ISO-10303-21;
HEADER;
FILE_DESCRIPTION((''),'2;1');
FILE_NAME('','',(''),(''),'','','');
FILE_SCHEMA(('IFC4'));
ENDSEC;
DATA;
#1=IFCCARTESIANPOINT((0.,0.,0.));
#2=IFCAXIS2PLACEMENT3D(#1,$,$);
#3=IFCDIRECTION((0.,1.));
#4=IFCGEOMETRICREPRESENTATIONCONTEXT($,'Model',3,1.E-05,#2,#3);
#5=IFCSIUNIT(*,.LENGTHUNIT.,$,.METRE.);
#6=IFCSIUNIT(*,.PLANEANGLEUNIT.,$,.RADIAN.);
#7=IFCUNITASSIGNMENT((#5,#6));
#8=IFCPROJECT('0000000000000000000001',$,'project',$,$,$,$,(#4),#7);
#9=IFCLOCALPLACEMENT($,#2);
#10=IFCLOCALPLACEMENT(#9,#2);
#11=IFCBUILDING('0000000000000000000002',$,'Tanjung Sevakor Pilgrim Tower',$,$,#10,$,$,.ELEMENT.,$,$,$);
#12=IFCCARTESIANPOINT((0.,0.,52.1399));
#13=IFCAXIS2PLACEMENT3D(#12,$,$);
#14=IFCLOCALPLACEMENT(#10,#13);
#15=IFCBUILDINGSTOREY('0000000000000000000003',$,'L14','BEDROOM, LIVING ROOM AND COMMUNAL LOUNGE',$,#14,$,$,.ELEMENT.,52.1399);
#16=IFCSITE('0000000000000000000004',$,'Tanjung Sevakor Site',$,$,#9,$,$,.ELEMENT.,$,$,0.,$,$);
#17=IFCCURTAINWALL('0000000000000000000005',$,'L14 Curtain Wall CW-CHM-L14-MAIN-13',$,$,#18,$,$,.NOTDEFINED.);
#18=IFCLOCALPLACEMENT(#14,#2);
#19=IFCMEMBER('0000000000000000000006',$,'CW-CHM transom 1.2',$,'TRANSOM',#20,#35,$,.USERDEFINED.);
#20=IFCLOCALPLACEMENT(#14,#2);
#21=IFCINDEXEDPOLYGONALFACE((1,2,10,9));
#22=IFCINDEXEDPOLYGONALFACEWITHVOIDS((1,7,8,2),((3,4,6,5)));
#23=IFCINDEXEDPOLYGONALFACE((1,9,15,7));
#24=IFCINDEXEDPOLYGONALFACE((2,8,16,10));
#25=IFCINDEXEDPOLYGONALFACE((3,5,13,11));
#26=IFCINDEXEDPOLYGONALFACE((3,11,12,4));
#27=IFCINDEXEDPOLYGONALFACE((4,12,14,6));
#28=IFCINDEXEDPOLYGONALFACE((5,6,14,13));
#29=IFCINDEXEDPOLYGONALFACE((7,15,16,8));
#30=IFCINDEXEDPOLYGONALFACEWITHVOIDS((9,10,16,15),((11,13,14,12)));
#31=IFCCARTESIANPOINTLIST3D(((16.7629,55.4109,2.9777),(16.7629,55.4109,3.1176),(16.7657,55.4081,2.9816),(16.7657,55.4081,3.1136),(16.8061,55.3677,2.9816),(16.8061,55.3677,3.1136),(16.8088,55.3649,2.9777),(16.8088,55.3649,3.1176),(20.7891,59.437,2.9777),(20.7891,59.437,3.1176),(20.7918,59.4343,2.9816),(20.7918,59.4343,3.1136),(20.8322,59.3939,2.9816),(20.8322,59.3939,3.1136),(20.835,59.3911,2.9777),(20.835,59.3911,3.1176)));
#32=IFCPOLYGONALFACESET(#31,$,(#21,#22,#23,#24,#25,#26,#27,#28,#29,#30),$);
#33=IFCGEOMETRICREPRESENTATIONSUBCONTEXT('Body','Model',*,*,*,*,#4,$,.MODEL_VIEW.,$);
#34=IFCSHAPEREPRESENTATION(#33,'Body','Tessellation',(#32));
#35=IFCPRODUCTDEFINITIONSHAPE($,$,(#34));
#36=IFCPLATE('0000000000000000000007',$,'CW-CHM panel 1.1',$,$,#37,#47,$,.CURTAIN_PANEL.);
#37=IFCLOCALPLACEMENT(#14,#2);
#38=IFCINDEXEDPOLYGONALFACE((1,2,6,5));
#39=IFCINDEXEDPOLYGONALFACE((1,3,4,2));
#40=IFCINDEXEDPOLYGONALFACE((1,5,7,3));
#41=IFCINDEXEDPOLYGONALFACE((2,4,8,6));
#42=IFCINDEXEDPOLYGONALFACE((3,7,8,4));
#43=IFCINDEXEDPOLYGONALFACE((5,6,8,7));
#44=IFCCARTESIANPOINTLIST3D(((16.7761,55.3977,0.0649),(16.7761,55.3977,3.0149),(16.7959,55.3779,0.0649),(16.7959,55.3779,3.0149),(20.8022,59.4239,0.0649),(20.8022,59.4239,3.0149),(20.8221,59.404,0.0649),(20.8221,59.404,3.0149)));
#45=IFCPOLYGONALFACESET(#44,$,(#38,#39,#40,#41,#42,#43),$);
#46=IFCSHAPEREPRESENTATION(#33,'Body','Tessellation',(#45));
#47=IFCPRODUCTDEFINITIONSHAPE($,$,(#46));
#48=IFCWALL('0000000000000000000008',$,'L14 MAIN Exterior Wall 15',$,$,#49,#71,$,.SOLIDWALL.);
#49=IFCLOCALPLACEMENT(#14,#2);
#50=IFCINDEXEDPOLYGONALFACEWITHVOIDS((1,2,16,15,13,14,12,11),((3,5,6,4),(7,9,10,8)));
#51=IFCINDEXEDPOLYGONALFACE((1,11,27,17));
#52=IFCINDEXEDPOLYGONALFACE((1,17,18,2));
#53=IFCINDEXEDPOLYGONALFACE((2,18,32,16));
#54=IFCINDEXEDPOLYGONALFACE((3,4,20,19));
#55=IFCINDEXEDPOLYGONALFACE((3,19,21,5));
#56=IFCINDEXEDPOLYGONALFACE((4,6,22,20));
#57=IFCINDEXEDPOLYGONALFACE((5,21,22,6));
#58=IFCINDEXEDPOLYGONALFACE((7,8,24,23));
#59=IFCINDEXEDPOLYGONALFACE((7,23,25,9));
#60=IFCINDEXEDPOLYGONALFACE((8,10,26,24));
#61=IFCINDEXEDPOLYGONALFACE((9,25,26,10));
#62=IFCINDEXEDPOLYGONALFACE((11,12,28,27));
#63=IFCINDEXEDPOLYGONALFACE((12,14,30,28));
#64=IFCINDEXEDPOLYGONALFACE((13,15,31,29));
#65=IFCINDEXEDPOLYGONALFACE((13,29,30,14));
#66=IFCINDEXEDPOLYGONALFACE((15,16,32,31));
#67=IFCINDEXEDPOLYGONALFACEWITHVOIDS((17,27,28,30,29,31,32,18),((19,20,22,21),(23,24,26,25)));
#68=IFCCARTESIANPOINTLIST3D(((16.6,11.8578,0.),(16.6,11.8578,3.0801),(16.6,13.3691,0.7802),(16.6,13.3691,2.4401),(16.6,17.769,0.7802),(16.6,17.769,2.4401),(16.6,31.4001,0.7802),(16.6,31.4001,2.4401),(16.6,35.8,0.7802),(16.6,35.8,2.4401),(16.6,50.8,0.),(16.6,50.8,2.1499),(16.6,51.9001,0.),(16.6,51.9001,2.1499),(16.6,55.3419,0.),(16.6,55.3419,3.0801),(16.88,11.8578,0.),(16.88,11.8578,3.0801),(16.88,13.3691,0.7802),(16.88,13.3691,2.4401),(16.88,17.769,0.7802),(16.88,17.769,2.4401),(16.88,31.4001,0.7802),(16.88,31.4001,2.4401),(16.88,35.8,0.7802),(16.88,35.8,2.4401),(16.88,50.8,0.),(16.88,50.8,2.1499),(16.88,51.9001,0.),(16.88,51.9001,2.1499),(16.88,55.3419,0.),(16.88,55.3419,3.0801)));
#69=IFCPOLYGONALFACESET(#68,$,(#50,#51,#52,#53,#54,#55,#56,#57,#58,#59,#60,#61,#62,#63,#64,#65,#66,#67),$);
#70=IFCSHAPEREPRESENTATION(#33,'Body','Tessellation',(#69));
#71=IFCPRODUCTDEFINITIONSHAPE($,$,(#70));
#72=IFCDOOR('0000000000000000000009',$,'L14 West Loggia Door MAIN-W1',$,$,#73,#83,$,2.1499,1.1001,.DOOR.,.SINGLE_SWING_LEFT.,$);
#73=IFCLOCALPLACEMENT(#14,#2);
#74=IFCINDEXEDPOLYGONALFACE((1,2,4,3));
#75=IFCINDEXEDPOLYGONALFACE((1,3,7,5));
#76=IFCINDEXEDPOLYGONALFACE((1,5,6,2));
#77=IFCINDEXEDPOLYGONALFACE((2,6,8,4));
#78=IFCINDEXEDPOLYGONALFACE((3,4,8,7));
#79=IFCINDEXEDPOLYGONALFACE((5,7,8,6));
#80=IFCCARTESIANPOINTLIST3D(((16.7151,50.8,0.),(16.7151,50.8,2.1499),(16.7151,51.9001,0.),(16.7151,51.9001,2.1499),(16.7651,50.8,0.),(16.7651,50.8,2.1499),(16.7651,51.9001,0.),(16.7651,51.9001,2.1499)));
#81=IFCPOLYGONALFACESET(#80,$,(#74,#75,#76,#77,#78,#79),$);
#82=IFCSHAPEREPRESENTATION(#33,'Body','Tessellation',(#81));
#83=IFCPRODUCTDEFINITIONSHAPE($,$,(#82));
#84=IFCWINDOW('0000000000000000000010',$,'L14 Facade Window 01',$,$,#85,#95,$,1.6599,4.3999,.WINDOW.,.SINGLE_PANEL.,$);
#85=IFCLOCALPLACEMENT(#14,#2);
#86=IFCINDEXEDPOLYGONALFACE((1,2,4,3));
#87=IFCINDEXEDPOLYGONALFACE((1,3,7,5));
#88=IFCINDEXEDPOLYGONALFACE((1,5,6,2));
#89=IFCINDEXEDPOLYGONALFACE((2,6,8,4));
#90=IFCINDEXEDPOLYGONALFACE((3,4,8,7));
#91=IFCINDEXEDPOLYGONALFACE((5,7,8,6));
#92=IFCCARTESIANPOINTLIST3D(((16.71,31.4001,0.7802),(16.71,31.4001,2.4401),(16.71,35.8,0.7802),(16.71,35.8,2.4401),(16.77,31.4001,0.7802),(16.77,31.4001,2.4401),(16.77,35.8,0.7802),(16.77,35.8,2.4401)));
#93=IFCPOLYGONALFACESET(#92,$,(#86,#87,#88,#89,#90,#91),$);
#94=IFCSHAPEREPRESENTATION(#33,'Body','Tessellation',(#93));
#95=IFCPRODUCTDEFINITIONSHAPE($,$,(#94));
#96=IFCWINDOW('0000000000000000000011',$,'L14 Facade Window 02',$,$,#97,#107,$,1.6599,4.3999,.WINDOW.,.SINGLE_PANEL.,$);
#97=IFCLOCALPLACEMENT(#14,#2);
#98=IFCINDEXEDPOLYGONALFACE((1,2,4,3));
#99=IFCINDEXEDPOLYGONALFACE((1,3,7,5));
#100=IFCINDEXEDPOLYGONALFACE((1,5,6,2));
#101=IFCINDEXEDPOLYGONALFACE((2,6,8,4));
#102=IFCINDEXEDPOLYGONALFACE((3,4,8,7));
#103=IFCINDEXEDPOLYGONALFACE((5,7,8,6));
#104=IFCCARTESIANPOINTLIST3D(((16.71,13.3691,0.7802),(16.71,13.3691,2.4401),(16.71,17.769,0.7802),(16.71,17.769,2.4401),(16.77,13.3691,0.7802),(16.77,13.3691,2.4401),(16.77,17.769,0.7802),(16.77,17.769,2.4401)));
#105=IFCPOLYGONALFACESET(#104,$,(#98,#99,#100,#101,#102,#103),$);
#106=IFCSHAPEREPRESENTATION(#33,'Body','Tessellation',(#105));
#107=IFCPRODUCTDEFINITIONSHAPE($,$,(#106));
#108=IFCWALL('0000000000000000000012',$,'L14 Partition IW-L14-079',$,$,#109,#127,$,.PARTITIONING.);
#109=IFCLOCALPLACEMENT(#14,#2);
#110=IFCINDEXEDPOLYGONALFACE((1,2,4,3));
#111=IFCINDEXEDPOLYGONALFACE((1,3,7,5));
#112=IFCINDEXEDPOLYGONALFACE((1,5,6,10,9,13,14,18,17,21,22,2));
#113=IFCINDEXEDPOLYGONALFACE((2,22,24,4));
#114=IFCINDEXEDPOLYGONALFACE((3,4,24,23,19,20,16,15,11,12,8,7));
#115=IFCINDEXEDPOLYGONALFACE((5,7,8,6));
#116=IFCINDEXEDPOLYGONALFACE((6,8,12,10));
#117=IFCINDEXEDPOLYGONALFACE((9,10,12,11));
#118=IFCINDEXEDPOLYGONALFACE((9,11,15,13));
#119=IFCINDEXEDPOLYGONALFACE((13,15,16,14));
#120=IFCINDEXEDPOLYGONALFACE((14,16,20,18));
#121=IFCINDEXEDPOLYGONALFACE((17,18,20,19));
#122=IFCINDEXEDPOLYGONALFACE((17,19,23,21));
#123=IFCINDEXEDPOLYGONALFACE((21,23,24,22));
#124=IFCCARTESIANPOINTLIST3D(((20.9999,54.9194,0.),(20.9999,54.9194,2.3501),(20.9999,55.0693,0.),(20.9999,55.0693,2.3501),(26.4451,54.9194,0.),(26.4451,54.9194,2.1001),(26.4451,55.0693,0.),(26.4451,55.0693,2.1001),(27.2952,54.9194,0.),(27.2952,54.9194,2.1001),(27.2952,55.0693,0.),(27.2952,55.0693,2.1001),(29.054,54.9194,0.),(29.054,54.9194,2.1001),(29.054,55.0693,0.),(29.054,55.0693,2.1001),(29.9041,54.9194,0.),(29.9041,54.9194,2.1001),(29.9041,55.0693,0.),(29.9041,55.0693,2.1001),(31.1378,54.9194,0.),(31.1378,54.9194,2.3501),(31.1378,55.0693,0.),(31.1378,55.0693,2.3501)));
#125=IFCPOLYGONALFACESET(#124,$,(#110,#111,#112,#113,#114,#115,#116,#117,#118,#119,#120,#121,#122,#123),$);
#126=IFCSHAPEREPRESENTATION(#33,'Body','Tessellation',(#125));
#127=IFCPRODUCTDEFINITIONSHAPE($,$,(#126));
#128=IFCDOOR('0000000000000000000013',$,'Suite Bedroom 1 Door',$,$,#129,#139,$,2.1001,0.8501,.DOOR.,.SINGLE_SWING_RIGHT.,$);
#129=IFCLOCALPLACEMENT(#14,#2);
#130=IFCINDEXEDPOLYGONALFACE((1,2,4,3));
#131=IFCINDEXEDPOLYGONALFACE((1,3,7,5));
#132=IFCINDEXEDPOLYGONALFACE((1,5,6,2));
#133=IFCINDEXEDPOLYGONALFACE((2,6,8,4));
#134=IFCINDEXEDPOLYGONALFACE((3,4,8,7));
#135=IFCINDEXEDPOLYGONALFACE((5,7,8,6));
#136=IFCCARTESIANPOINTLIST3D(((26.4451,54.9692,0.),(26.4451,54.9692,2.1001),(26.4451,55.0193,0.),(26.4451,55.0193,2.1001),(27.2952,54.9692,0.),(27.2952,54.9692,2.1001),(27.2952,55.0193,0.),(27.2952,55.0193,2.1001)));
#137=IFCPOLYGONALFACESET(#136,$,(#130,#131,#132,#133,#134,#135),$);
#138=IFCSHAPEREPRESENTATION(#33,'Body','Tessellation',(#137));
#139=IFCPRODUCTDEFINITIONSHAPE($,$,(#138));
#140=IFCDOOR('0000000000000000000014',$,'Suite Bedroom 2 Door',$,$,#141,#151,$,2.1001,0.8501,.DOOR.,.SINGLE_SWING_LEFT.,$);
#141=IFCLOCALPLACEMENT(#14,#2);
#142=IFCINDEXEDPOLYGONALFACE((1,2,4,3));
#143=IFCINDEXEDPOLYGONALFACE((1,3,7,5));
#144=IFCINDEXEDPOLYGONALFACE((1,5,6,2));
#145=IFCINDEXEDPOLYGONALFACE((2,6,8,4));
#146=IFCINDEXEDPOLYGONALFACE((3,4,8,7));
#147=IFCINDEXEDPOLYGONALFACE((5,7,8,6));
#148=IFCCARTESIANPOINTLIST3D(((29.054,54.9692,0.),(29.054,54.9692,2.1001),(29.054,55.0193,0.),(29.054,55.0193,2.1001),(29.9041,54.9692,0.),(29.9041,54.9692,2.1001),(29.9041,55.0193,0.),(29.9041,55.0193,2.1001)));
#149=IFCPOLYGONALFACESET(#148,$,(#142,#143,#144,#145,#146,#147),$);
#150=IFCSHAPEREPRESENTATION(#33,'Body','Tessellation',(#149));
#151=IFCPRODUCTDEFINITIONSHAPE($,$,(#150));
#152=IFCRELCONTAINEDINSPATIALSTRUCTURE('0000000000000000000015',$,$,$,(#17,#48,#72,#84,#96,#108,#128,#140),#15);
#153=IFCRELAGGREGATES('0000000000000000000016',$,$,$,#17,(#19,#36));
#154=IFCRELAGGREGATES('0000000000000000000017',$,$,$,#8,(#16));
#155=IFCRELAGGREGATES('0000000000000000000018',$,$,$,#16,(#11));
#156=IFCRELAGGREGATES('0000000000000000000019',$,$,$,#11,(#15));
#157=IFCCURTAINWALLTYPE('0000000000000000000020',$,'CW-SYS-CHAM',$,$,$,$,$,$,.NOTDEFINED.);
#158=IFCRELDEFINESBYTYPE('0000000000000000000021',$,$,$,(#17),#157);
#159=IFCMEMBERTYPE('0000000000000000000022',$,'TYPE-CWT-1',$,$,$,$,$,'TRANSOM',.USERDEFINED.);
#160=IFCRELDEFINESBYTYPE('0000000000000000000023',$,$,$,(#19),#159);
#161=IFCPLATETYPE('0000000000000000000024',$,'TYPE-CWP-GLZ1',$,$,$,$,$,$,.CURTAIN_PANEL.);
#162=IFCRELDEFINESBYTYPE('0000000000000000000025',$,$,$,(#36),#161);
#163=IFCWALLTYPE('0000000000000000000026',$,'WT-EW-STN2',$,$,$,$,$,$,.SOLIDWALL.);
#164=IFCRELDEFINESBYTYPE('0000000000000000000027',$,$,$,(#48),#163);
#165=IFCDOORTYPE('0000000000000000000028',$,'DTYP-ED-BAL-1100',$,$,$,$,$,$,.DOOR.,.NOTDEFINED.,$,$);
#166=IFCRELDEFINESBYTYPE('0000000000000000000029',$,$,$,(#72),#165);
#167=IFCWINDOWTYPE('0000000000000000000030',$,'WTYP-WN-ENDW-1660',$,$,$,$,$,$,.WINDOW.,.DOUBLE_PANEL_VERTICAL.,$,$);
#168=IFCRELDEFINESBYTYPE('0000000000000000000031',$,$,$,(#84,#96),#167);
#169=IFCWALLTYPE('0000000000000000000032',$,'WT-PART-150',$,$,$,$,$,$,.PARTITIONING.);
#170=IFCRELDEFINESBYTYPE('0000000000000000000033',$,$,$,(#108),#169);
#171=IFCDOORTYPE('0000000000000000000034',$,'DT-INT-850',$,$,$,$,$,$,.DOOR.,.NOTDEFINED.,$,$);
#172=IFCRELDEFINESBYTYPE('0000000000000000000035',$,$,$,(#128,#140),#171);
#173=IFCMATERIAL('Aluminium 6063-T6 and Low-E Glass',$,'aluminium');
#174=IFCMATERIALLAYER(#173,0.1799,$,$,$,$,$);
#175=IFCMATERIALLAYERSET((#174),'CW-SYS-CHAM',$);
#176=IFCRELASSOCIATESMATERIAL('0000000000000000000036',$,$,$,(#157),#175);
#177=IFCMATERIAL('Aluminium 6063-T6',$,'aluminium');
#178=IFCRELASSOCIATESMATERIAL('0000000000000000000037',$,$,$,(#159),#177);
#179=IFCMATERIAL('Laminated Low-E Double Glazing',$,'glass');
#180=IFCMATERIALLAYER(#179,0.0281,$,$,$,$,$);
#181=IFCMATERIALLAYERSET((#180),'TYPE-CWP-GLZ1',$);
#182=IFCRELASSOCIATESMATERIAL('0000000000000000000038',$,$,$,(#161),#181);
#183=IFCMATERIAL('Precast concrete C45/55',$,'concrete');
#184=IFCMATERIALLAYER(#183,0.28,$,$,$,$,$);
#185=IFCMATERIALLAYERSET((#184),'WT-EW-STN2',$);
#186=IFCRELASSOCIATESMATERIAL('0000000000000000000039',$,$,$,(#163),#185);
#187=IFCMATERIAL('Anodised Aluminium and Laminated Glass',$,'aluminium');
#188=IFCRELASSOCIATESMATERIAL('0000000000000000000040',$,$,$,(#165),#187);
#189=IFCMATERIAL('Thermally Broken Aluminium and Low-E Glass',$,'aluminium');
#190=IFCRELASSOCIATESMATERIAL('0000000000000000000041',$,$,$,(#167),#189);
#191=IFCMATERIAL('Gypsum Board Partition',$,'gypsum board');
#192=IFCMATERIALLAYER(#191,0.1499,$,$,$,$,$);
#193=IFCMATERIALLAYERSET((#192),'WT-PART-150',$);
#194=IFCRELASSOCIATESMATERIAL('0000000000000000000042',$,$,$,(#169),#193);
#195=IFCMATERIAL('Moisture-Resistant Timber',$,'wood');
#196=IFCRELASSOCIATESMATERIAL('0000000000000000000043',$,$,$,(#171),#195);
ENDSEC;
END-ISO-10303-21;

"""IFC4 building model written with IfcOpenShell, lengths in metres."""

from ifc_helpers import new_model, si_unit, direction, frame, frame_2d, origin, origin_2d, place, context, subcontext, project, spatial, rectangle, hollow_rectangle, extrude, material, layer, layer_set, material_profile, profile_set, type_object, element, fill, aggregate, save


model = new_model("IFC4")

# Units and contexts
model_context = context("Model", 3, precision=1e-05, world=origin(), true_north=direction((0.0, 1.0)))
body_context = subcontext(model_context, "Body", "Model", "MODEL_VIEW")
ifc_project = project(units=[si_unit("LENGTHUNIT", "METRE"), si_unit("PLANEANGLEUNIT", "RADIAN")], contexts=[model_context])

# Site, building, storey
site_placement = place(None, origin())
site = spatial("IfcSite", under=ifc_project, at=site_placement, Name="Tanjung Sevakor Site", CompositionType="ELEMENT", RefElevation=0.0)
building_placement = place(site_placement, origin())
building = spatial("IfcBuilding", under=site, at=building_placement, Name="Tanjung Sevakor Pilgrim Tower", CompositionType="ELEMENT")
storey_placement = place(building_placement, frame((0.0, 0.0, 52.1399)))
storey = spatial("IfcBuildingStorey", under=building, at=storey_placement, Name="L14", Description="BEDROOM, LIVING ROOM AND COMMUNAL LOUNGE", CompositionType="ELEMENT", Elevation=52.1399)

# Curtain wall, member, plate
ifc_material_1 = material(Name="Aluminium 6063-T6 and Low-E Glass", Category="aluminium")
ifc_layer_1 = layer(ifc_material_1, 0.1799)
ifc_layer_set_1 = layer_set([ifc_layer_1], Name="CW-SYS-CHAM")
curtain_wall_type = type_object("IfcCurtainWallType", Name="CW-SYS-CHAM", PredefinedType="NOTDEFINED", material=ifc_layer_set_1)
curtain_wall_placement = place(storey_placement, origin())
curtain_wall = element("IfcCurtainWall", 1, at=curtain_wall_placement, inside=storey, type_object=curtain_wall_type, Name="L14 Curtain Wall CW-CHM-L14-MAIN-13", PredefinedType="NOTDEFINED")
ifc_material_2 = material(Name="Aluminium 6063-T6", Category="aluminium")
ifc_material_profile_1 = material_profile(ifc_material_2, hollow_rectangle(XDim=0.0649, YDim=0.1399, WallThickness=0.0039, at=origin_2d()))
ifc_profile_set_1 = profile_set([ifc_material_profile_1], Name="Aluminium 6063-T6")
member_type_1 = type_object("IfcMemberType", Name="TYPE-CWT-1", ElementType="TRANSOM", PredefinedType="USERDEFINED", material=ifc_profile_set_1)
member_1_placement = place(storey_placement, frame((20.812, 59.4141, 3.0476), z_axis=(-0.707107, -0.707107, 0.0), x_axis=(0.707107, -0.707107, 0.0)))
member_1 = element("IfcMember", 2, at=member_1_placement, type_object=member_type_1, Name="CW-CHM transom 1.2", ObjectType="TRANSOM", PredefinedType="USERDEFINED", context=body_context, shape_type="SweptSolid", body=[
    extrude(hollow_rectangle(XDim=0.0649, YDim=0.1399, WallThickness=0.0039, at=origin_2d()), origin(), (0.0, 0.0, 1.0), 5.6938),
])
ifc_material_3 = material(Name="Laminated Low-E Double Glazing", Category="glass")
ifc_layer_2 = layer(ifc_material_3, 0.0281)
ifc_layer_set_2 = layer_set([ifc_layer_2], Name="TYPE-CWP-GLZ1")
plate_type = type_object("IfcPlateType", Name="TYPE-CWP-GLZ1", PredefinedType="CURTAIN_PANEL", material=ifc_layer_set_2)
plate_placement = place(storey_placement, frame((18.7991, 57.4009, 0.0649), z_axis=(0.0, 0.0, 1.0), x_axis=(-0.707107, -0.707107, 0.0)))
plate = element("IfcPlate", 3, at=plate_placement, type_object=plate_type, Name="CW-CHM panel 1.1", PredefinedType="CURTAIN_PANEL", context=body_context, shape_type="SweptSolid", body=[
    extrude(rectangle(XDim=5.6938, YDim=0.0281, at=origin_2d()), origin(), (0.0, 0.0, 1.0), 2.95),
])
aggregate(curtain_wall, [member_1, plate])

# Wall, openings, door, windows
ifc_material_4 = material(Name="Precast concrete C45/55", Category="concrete")
ifc_layer_3 = layer(ifc_material_4, 0.28)
ifc_layer_set_3 = layer_set([ifc_layer_3], Name="WT-EW-STN2")
wall_type_1 = type_object("IfcWallType", Name="WT-EW-STN2", PredefinedType="SOLIDWALL", material=ifc_layer_set_3)
wall_1_placement = place(storey_placement, frame((16.74, 55.342, 0.0), z_axis=(0.0, 0.0, 1.0), x_axis=(0.0, -1.0, 0.0)))
wall_1 = element("IfcWall", 4, at=wall_1_placement, inside=storey, type_object=wall_type_1, Name="L14 MAIN Exterior Wall 15", PredefinedType="SOLIDWALL", context=body_context, shape_type="SweptSolid", body=[
    extrude(rectangle(XDim=43.4841, YDim=0.28, at=frame_2d((21.7422, 0.0))), origin(), (0.0, 0.0, 1.0), 3.0801),
])
opening_1_placement = place(wall_1_placement, frame((3.4419, 0.0, 0.0)))
opening_1 = element("IfcOpeningElement", 5, at=opening_1_placement, cuts=wall_1, PredefinedType="OPENING", context=body_context, shape_type="SweptSolid", body=[
    extrude(rectangle(XDim=1.1001, YDim=2.1499, at=frame_2d((0.55, 1.075))), frame((0.0, 0.1499, 0.0), z_axis=(0.0, -1.0, 0.0), x_axis=(1.0, 0.0, 0.0)), (0.0, 0.0, 1.0), 0.3),
])
opening_2_placement = place(wall_1_placement, frame((19.542, 0.0, 0.78)))
opening_2 = element("IfcOpeningElement", 6, at=opening_2_placement, cuts=wall_1, PredefinedType="OPENING", context=body_context, shape_type="SweptSolid", body=[
    extrude(rectangle(XDim=4.3999, YDim=1.6599, at=frame_2d((2.2, 0.8301))), frame((0.0, 0.1499, 0.0), z_axis=(0.0, -1.0, 0.0), x_axis=(1.0, 0.0, 0.0)), (0.0, 0.0, 1.0), 0.3),
])
opening_3_placement = place(wall_1_placement, frame((37.573, 0.0, 0.78)))
opening_3 = element("IfcOpeningElement", 7, at=opening_3_placement, cuts=wall_1, PredefinedType="OPENING", context=body_context, shape_type="SweptSolid", body=[
    extrude(rectangle(XDim=4.3999, YDim=1.6599, at=frame_2d((2.2, 0.8301))), frame((0.0, 0.1499, 0.0), z_axis=(0.0, -1.0, 0.0), x_axis=(1.0, 0.0, 0.0)), (0.0, 0.0, 1.0), 0.3),
])
ifc_material_5 = material(Name="Anodised Aluminium and Laminated Glass", Category="aluminium")
door_type_1 = type_object("IfcDoorType", Name="DTYP-ED-BAL-1100", OperationType="NOTDEFINED", PredefinedType="DOOR", material=ifc_material_5)
door_1_placement = place(opening_1_placement, frame((1.1001, 0.0, 0.0), z_axis=(0.0, 0.0, 1.0), x_axis=(-1.0, 0.0, 0.0)))
door_1 = element("IfcDoor", 8, at=door_1_placement, inside=storey, type_object=door_type_1, Name="L14 West Loggia Door MAIN-W1", OperationType="SINGLE_SWING_LEFT", OverallHeight=2.1499, OverallWidth=1.1001, PredefinedType="DOOR", context=body_context, shape_type="SweptSolid", body=[
    extrude(rectangle(XDim=1.1001, YDim=2.1499, at=frame_2d((0.55, 1.075))), frame((0.0, 0.0249, 0.0), z_axis=(0.0, -1.0, 0.0), x_axis=(1.0, 0.0, 0.0)), (0.0, 0.0, 1.0), 0.05),
])
fill(opening_1, door_1)
ifc_material_6 = material(Name="Thermally Broken Aluminium and Low-E Glass", Category="aluminium")
window_type = type_object("IfcWindowType", Name="WTYP-WN-ENDW-1660", PartitioningType="DOUBLE_PANEL_VERTICAL", PredefinedType="WINDOW", material=ifc_material_6)
window_1_placement = place(opening_2_placement, origin())
window_1 = element("IfcWindow", 9, at=window_1_placement, inside=storey, type_object=window_type, Name="L14 Facade Window 01", OverallHeight=1.6599, OverallWidth=4.3999, PartitioningType="SINGLE_PANEL", PredefinedType="WINDOW", context=body_context, shape_type="SweptSolid", body=[
    extrude(rectangle(XDim=4.3999, YDim=1.6599, at=frame_2d((2.2, 0.8301))), frame((0.0, 0.03, 0.0), z_axis=(0.0, -1.0, 0.0), x_axis=(1.0, 0.0, 0.0)), (0.0, 0.0, 1.0), 0.0601),
])
fill(opening_2, window_1)
window_2_placement = place(opening_3_placement, origin())
window_2 = element("IfcWindow", 10, at=window_2_placement, inside=storey, type_object=window_type, Name="L14 Facade Window 02", OverallHeight=1.6599, OverallWidth=4.3999, PartitioningType="SINGLE_PANEL", PredefinedType="WINDOW", context=body_context, shape_type="SweptSolid", body=[
    extrude(rectangle(XDim=4.3999, YDim=1.6599, at=frame_2d((2.2, 0.8301))), frame((0.0, 0.03, 0.0), z_axis=(0.0, -1.0, 0.0), x_axis=(1.0, 0.0, 0.0)), (0.0, 0.0, 1.0), 0.0601),
])
fill(opening_3, window_2)

# Wall, openings, doors
ifc_material_7 = material(Name="Gypsum Board Partition", Category="gypsum board")
ifc_layer_4 = layer(ifc_material_7, 0.1499)
ifc_layer_set_4 = layer_set([ifc_layer_4], Name="WT-PART-150")
wall_type_2 = type_object("IfcWallType", Name="WT-PART-150", PredefinedType="PARTITIONING", material=ifc_layer_set_4)
wall_2_placement = place(storey_placement, frame((21.0, 54.9944, 0.0), z_axis=(0.0, 0.0, 1.0), x_axis=(1.0, 0.0, 0.0)))
wall_2 = element("IfcWall", 11, at=wall_2_placement, inside=storey, type_object=wall_type_2, Name="L14 Partition IW-L14-079", PredefinedType="PARTITIONING", context=body_context, shape_type="SweptSolid", body=[
    extrude(rectangle(XDim=10.1379, YDim=0.1499, at=frame_2d((5.0688, 0.0))), origin(), (0.0, 0.0, 1.0), 2.3501),
])
opening_4_placement = place(wall_2_placement, frame((5.4451, 0.0, 0.0)))
opening_4 = element("IfcOpeningElement", 12, at=opening_4_placement, cuts=wall_2, PredefinedType="OPENING", context=body_context, shape_type="SweptSolid", body=[
    extrude(rectangle(XDim=0.8501, YDim=2.1001, at=frame_2d((0.425, 1.05))), frame((0.0, 0.085, 0.0), z_axis=(0.0, -1.0, 0.0), x_axis=(1.0, 0.0, 0.0)), (0.0, 0.0, 1.0), 0.1699),
])
opening_5_placement = place(wall_2_placement, frame((8.054, 0.0, 0.0)))
opening_5 = element("IfcOpeningElement", 13, at=opening_5_placement, cuts=wall_2, PredefinedType="OPENING", context=body_context, shape_type="SweptSolid", body=[
    extrude(rectangle(XDim=0.8501, YDim=2.1001, at=frame_2d((0.425, 1.05))), frame((0.0, 0.085, 0.0), z_axis=(0.0, -1.0, 0.0), x_axis=(1.0, 0.0, 0.0)), (0.0, 0.0, 1.0), 0.1699),
])
ifc_material_8 = material(Name="Moisture-Resistant Timber", Category="wood")
door_type_2 = type_object("IfcDoorType", Name="DT-INT-850", OperationType="NOTDEFINED", PredefinedType="DOOR", material=ifc_material_8)
door_2_placement = place(opening_4_placement, origin())
door_2 = element("IfcDoor", 14, at=door_2_placement, inside=storey, type_object=door_type_2, Name="Suite Bedroom 1 Door", OperationType="SINGLE_SWING_RIGHT", OverallHeight=2.1001, OverallWidth=0.8501, PredefinedType="DOOR", context=body_context, shape_type="SweptSolid", body=[
    extrude(rectangle(XDim=0.8501, YDim=2.1001, at=frame_2d((0.425, 1.05))), frame((0.0, 0.0249, 0.0), z_axis=(0.0, -1.0, 0.0), x_axis=(1.0, 0.0, 0.0)), (0.0, 0.0, 1.0), 0.05),
])
fill(opening_4, door_2)
door_3_placement = place(opening_5_placement, origin())
door_3 = element("IfcDoor", 15, at=door_3_placement, inside=storey, type_object=door_type_2, Name="Suite Bedroom 2 Door", OperationType="SINGLE_SWING_LEFT", OverallHeight=2.1001, OverallWidth=0.8501, PredefinedType="DOOR", context=body_context, shape_type="SweptSolid", body=[
    extrude(rectangle(XDim=0.8501, YDim=2.1001, at=frame_2d((0.425, 1.05))), frame((0.0, 0.0249, 0.0), z_axis=(0.0, -1.0, 0.0), x_axis=(1.0, 0.0, 0.0)), (0.0, 0.0, 1.0), 0.05),
])
fill(opening_5, door_3)

save(model, "model.ifc")
